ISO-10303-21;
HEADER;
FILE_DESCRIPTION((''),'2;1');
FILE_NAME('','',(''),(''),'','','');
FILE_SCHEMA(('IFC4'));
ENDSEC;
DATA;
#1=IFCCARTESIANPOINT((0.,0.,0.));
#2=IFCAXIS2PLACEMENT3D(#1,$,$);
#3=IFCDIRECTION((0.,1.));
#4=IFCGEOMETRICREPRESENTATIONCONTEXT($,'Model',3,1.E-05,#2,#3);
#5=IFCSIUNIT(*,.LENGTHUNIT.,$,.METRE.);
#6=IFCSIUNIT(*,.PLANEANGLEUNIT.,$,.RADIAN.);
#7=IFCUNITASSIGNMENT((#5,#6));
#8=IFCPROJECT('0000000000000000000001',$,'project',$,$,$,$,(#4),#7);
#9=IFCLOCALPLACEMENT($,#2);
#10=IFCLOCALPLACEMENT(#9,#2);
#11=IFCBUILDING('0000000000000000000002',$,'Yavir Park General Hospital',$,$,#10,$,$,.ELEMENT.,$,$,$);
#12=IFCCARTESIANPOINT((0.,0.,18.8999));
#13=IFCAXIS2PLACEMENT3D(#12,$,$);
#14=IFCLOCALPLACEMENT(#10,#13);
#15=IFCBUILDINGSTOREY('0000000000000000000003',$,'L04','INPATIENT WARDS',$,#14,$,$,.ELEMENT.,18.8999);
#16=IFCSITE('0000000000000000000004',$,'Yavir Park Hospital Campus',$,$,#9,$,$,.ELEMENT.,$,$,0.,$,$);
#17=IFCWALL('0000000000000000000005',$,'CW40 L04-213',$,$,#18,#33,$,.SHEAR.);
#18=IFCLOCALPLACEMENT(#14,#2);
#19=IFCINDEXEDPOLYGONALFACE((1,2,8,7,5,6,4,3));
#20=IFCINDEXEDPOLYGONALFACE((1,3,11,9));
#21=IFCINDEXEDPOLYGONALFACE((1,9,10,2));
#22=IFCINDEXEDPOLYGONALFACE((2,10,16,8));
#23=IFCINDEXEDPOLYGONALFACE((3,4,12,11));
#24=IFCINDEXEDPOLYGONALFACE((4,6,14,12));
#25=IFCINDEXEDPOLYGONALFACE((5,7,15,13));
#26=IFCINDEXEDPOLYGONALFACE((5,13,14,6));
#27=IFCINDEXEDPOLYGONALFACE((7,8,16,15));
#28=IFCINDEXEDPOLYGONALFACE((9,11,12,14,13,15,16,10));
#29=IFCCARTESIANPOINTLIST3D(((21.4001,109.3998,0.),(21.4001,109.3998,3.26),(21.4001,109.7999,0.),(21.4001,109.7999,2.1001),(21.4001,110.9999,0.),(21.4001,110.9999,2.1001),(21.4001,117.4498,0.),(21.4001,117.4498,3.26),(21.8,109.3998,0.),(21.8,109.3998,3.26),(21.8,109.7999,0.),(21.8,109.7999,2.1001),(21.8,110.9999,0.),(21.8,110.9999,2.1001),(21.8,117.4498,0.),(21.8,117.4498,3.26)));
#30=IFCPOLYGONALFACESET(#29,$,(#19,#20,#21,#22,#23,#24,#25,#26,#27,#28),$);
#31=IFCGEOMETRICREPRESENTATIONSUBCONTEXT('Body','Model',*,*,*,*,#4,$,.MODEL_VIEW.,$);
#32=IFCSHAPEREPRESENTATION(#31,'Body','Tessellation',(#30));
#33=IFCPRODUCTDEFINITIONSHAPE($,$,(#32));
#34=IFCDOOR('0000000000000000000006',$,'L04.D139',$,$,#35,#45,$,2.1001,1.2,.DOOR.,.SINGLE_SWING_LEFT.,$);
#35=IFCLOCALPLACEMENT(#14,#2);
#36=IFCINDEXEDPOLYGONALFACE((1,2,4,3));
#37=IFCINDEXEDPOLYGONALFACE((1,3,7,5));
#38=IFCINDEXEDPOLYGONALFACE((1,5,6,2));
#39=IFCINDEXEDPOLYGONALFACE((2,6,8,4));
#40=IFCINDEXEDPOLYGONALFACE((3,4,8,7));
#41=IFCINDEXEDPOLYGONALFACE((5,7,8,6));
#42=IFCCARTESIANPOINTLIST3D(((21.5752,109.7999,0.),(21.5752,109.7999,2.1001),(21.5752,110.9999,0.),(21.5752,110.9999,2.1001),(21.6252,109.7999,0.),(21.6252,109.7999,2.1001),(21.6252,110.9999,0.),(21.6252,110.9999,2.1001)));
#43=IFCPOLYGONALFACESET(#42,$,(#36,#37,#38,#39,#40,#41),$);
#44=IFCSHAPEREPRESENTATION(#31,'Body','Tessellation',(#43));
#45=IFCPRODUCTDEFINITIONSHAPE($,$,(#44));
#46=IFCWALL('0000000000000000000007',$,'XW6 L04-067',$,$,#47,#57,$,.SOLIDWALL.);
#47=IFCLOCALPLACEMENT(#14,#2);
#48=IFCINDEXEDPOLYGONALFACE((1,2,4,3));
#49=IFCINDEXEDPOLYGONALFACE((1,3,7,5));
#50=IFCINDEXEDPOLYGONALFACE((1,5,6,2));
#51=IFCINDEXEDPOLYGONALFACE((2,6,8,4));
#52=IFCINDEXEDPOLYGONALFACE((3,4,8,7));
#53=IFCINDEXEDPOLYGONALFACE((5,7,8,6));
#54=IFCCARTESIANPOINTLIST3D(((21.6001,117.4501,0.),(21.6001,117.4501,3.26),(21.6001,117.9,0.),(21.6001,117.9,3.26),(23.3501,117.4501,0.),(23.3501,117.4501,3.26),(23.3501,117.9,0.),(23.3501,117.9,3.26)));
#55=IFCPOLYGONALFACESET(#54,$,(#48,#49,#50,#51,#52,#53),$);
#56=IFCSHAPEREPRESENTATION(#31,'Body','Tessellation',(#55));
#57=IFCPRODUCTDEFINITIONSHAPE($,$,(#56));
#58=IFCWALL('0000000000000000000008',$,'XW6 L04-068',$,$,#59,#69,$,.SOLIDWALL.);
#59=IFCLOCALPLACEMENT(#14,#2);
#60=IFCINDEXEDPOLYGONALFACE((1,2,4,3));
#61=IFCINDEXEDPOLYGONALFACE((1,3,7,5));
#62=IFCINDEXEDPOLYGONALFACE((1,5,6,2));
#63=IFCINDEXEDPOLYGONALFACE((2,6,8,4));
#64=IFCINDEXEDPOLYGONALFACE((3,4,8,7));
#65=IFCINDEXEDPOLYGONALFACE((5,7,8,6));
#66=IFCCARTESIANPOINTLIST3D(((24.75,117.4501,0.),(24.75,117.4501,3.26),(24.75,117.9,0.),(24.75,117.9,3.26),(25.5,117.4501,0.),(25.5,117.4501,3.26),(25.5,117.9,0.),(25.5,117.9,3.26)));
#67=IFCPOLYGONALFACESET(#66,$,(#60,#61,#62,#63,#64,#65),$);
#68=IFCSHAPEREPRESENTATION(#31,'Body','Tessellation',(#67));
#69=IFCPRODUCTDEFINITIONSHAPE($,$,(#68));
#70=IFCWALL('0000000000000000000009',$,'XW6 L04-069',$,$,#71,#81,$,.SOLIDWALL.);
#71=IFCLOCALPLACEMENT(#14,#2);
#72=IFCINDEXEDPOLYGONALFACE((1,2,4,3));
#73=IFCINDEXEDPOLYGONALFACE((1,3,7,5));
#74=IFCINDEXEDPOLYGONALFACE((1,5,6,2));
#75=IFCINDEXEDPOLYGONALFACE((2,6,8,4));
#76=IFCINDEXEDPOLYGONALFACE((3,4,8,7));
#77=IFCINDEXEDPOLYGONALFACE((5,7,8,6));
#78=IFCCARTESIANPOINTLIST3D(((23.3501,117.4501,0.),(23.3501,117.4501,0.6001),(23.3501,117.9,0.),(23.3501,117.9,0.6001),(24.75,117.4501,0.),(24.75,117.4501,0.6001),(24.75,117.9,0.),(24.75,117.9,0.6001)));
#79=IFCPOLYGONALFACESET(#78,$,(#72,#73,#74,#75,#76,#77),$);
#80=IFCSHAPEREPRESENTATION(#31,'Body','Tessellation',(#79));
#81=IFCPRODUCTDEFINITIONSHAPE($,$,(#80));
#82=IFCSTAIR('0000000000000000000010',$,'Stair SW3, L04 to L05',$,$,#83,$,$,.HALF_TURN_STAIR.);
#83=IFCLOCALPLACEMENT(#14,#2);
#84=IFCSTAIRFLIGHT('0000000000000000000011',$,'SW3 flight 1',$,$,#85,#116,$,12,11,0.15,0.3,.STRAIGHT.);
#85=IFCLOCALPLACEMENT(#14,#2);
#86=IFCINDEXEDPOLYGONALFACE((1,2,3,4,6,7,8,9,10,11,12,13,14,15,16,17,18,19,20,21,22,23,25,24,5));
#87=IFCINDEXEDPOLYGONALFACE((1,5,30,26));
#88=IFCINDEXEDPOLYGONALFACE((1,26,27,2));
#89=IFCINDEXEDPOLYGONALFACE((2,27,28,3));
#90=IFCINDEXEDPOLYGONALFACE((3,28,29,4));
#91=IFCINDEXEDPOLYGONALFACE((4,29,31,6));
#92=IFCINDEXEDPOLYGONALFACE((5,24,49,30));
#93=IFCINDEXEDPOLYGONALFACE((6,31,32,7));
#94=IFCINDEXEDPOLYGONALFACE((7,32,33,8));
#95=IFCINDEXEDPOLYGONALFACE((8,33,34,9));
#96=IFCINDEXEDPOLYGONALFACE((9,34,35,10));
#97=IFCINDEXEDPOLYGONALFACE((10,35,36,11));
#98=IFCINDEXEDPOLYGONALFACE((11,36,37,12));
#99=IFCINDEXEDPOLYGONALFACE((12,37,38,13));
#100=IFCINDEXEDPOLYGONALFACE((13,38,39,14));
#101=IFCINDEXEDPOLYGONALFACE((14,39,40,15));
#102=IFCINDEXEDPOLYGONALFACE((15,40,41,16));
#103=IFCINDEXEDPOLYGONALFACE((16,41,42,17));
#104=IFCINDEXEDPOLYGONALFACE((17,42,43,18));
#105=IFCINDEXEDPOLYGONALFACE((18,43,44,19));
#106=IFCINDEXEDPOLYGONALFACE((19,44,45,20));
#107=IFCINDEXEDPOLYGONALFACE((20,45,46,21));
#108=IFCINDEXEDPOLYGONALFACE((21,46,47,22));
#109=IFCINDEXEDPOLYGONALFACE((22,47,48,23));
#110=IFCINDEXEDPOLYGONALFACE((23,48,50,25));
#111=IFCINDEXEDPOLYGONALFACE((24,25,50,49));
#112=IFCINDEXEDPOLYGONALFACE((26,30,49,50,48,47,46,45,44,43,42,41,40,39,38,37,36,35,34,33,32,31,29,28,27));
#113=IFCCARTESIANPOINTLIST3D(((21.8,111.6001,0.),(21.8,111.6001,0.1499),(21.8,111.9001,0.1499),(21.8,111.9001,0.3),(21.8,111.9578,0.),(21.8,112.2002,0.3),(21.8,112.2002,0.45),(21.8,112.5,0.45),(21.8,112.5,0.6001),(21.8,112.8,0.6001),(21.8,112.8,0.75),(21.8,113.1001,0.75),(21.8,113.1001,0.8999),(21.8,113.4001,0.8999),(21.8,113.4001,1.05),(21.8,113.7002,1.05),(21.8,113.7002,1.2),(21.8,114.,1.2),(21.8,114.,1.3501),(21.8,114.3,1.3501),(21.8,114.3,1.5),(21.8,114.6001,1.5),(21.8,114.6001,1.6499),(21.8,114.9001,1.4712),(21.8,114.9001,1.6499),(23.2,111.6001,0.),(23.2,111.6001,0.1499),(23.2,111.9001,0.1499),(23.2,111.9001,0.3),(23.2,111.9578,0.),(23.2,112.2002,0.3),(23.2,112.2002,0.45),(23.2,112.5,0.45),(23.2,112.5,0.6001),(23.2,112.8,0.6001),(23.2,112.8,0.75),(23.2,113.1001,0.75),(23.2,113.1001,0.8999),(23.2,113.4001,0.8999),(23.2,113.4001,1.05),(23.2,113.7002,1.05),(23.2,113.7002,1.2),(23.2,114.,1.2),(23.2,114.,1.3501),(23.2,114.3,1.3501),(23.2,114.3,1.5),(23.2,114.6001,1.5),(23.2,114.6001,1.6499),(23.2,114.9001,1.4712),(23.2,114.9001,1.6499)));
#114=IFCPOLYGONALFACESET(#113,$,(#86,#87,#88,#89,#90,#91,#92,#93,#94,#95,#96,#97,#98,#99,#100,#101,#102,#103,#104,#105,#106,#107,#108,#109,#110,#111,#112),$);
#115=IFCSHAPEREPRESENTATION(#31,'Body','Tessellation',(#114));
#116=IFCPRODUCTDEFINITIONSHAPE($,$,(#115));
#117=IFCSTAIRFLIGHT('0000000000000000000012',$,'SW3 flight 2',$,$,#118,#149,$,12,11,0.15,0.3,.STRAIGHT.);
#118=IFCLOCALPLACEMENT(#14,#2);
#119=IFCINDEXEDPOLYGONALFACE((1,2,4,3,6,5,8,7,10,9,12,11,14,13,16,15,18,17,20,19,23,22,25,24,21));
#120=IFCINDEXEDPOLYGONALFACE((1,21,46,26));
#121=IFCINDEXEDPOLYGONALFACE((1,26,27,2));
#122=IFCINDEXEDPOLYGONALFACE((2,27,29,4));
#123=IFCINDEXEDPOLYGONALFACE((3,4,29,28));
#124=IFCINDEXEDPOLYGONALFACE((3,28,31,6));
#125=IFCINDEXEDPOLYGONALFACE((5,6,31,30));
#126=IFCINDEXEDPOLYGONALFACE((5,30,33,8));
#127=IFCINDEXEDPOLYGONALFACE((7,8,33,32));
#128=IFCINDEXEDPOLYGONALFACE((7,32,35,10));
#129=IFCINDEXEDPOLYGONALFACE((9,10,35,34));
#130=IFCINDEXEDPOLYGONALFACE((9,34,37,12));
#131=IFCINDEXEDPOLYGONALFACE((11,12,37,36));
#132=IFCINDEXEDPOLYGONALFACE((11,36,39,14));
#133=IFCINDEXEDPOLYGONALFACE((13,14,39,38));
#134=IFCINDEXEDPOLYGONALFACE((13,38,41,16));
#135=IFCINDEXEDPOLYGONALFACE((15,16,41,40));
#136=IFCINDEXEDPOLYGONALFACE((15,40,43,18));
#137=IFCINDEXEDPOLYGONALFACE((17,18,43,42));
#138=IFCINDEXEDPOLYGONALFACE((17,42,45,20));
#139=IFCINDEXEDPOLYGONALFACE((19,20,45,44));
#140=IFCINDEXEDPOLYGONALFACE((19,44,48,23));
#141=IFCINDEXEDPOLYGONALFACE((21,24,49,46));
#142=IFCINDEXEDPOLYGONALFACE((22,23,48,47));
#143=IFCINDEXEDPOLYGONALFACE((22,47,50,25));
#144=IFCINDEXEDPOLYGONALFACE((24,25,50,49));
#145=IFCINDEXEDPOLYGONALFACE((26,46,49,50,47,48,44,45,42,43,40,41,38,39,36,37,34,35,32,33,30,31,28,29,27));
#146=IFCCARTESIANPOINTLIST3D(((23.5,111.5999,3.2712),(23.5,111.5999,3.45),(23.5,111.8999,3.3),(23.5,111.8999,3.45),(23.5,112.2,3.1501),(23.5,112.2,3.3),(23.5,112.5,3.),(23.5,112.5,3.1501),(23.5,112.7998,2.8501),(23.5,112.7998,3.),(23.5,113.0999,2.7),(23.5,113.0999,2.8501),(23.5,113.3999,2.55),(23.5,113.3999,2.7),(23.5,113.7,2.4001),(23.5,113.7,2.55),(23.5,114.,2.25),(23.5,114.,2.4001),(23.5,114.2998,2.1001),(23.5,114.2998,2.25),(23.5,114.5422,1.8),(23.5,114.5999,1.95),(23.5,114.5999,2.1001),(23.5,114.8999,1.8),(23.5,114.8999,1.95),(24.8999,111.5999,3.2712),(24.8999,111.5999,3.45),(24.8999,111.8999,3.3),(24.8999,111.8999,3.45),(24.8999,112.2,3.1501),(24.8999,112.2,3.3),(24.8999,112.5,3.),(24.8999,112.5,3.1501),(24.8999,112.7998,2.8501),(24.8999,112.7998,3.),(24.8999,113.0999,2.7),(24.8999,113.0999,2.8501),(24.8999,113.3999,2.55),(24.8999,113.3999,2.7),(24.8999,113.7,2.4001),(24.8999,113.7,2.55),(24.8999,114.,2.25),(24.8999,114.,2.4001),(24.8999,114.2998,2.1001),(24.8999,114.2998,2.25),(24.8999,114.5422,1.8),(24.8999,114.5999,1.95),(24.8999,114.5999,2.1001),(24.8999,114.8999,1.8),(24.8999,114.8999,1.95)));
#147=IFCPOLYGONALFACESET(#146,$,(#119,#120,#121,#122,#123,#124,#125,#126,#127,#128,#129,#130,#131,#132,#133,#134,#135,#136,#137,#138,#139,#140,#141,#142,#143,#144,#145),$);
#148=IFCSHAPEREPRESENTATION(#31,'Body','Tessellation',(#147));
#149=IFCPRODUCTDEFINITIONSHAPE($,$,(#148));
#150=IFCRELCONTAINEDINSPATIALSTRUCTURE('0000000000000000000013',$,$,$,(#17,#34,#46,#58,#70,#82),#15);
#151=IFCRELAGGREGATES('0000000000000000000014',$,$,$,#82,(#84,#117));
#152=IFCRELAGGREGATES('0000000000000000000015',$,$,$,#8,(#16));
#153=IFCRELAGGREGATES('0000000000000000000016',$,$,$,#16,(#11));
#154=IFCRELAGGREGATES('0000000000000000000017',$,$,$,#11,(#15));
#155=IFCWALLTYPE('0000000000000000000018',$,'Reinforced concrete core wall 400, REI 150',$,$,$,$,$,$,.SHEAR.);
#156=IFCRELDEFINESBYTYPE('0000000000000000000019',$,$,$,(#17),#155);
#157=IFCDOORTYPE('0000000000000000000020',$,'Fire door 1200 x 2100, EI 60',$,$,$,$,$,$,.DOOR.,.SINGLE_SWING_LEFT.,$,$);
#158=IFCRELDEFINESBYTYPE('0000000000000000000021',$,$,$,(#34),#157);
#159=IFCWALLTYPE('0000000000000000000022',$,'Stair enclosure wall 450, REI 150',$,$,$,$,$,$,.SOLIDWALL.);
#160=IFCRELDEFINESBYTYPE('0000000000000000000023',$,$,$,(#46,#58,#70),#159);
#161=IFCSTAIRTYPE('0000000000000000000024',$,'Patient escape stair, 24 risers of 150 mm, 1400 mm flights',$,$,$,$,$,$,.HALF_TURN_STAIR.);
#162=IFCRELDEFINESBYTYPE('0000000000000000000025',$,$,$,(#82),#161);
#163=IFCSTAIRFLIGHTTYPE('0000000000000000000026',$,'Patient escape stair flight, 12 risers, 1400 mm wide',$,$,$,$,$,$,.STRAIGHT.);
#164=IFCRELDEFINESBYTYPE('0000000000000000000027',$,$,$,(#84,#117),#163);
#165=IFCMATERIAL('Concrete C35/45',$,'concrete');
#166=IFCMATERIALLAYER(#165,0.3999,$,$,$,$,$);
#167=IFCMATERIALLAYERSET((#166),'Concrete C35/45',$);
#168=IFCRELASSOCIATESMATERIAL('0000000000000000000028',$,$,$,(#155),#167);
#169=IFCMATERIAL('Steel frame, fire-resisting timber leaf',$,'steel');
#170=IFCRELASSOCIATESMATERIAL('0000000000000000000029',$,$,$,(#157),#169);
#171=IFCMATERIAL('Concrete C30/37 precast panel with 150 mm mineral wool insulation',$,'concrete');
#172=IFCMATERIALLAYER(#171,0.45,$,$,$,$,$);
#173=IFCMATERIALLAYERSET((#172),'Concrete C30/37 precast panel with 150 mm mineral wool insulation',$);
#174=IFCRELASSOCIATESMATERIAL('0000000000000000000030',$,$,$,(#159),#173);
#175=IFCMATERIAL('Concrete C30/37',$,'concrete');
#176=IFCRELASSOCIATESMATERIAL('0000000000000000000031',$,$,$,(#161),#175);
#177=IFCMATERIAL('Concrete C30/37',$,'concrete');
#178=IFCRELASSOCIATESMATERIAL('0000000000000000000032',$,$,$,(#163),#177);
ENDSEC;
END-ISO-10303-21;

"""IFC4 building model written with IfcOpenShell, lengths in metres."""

from ifc_helpers import new_model, si_unit, direction, frame, frame_2d, origin, place, context, subcontext, project, spatial, polyline, rectangle, outline, extrude, material, layer, layer_set, type_object, element, fill, aggregate, save


model = new_model("IFC4")

# Units and contexts
model_context = context("Model", 3, precision=1e-05, world=origin(), true_north=direction((0.0, 1.0)))
body_context = subcontext(model_context, "Body", "Model", "MODEL_VIEW")
ifc_project = project(units=[si_unit("LENGTHUNIT", "METRE"), si_unit("PLANEANGLEUNIT", "RADIAN")], contexts=[model_context])

# Site, building, storey
site_placement = place(None, origin())
site = spatial("IfcSite", under=ifc_project, at=site_placement, Name="Yavir Park Hospital Campus", CompositionType="ELEMENT", RefElevation=0.0)
building_placement = place(site_placement, origin())
building = spatial("IfcBuilding", under=site, at=building_placement, Name="Yavir Park General Hospital", CompositionType="ELEMENT")
storey_placement = place(building_placement, frame((0.0, 0.0, 18.8999)))
storey = spatial("IfcBuildingStorey", under=building, at=storey_placement, Name="L04", Description="INPATIENT WARDS", CompositionType="ELEMENT", Elevation=18.8999)

# Shared definitions
ifc_material_1 = material(Name="Concrete C35/45", Category="concrete")
ifc_layer_1 = layer(ifc_material_1, 0.3999)
ifc_layer_set_1 = layer_set([ifc_layer_1], Name="Concrete C35/45")
wall_type_1 = type_object("IfcWallType", Name="Reinforced concrete core wall 400, REI 150", PredefinedType="SHEAR", material=ifc_layer_set_1)

# Wall, opening, door
wall_1_placement = place(storey_placement, frame((21.6001, 109.3999, 0.0), z_axis=(0.0, 0.0, 1.0), x_axis=(0.0, 1.0, 0.0)))
wall_1 = element("IfcWall", 1, at=wall_1_placement, inside=storey, type_object=wall_type_1, Name="CW40 L04-213", PredefinedType="SHEAR", context=body_context, shape_type="SweptSolid", body=[
    extrude(rectangle(XDim=8.05, YDim=0.3999, at=frame_2d((4.0249, 0.0))), origin(), (0.0, 0.0, 1.0), 3.26),
])
opening_1_placement = place(wall_1_placement, frame((0.3999, 0.0, 0.0)))
opening_1 = element("IfcOpeningElement", 2, at=opening_1_placement, cuts=wall_1, PredefinedType="OPENING", context=body_context, shape_type="SweptSolid", body=[
    extrude(rectangle(XDim=1.2, YDim=2.1001, at=frame_2d((0.6001, 1.05))), frame((0.0, 0.21, 0.0), z_axis=(0.0, -1.0, 0.0), x_axis=(1.0, 0.0, 0.0)), (0.0, 0.0, 1.0), 0.4199),
])
ifc_material_2 = material(Name="Steel frame, fire-resisting timber leaf", Category="steel")
door_type_1 = type_object("IfcDoorType", Name="Fire door 1200 x 2100, EI 60", OperationType="SINGLE_SWING_LEFT", PredefinedType="DOOR", material=ifc_material_2)
door_1_placement = place(opening_1_placement, origin())
door_1 = element("IfcDoor", 3, at=door_1_placement, inside=storey, type_object=door_type_1, Name="L04.D139", OperationType="SINGLE_SWING_LEFT", OverallHeight=2.1001, OverallWidth=1.2, PredefinedType="DOOR", context=body_context, shape_type="SweptSolid", body=[
    extrude(rectangle(XDim=1.2, YDim=2.1001, at=frame_2d((0.6001, 1.05))), frame((0.0, 0.0249, 0.0), z_axis=(0.0, -1.0, 0.0), x_axis=(1.0, 0.0, 0.0)), (0.0, 0.0, 1.0), 0.05),
])
fill(opening_1, door_1)

# Walls
ifc_material_3 = material(Name="Concrete C30/37 precast panel with 150 mm mineral wool insulation", Category="concrete")
ifc_layer_2 = layer(ifc_material_3, 0.45)
ifc_layer_set_2 = layer_set([ifc_layer_2], Name="Concrete C30/37 precast panel with 150 mm mineral wool insulation")
wall_type_2 = type_object("IfcWallType", Name="Stair enclosure wall 450, REI 150", PredefinedType="SOLIDWALL", material=ifc_layer_set_2)
wall_2_placement = place(storey_placement, frame((21.6001, 117.675, 0.0), z_axis=(0.0, 0.0, 1.0), x_axis=(1.0, 0.0, 0.0)))
element("IfcWall", 4, at=wall_2_placement, inside=storey, type_object=wall_type_2, Name="XW6 L04-067", PredefinedType="SOLIDWALL", context=body_context, shape_type="SweptSolid", body=[
    extrude(rectangle(XDim=1.75, YDim=0.45, at=frame_2d((0.875, 0.0))), origin(), (0.0, 0.0, 1.0), 3.26),
])
wall_3_placement = place(storey_placement, frame((24.75, 117.675, 0.0), z_axis=(0.0, 0.0, 1.0), x_axis=(1.0, 0.0, 0.0)))
element("IfcWall", 5, at=wall_3_placement, inside=storey, type_object=wall_type_2, Name="XW6 L04-068", PredefinedType="SOLIDWALL", context=body_context, shape_type="SweptSolid", body=[
    extrude(rectangle(XDim=0.75, YDim=0.45, at=frame_2d((0.375, 0.0))), origin(), (0.0, 0.0, 1.0), 3.26),
])
wall_4_placement = place(storey_placement, frame((23.3501, 117.675, 0.0), z_axis=(0.0, 0.0, 1.0), x_axis=(1.0, 0.0, 0.0)))
element("IfcWall", 6, at=wall_4_placement, inside=storey, type_object=wall_type_2, Name="XW6 L04-069", PredefinedType="SOLIDWALL", context=body_context, shape_type="SweptSolid", body=[
    extrude(rectangle(XDim=1.3999, YDim=0.45, at=frame_2d((0.7, 0.0))), origin(), (0.0, 0.0, 1.0), 0.6001),
])

# Stair, stair flights
ifc_material_4 = material(Name="Concrete C30/37", Category="concrete")
stair_type = type_object("IfcStairType", Name="Patient escape stair, 24 risers of 150 mm, 1400 mm flights", PredefinedType="HALF_TURN_STAIR", material=ifc_material_4)
stair_placement = place(storey_placement, origin())
stair = element("IfcStair", 7, at=stair_placement, inside=storey, type_object=stair_type, Name="Stair SW3, L04 to L05", PredefinedType="HALF_TURN_STAIR")
ifc_material_5 = material(Name="Concrete C30/37", Category="concrete")
stair_flight_type = type_object("IfcStairFlightType", Name="Patient escape stair flight, 12 risers, 1400 mm wide", PredefinedType="STRAIGHT", material=ifc_material_5)
stair_flight_1_placement = place(storey_placement, frame((22.5, 111.6001, 0.0), z_axis=(0.0, 0.0, 1.0), x_axis=(0.0, 1.0, 0.0)))
stair_flight_1 = element("IfcStairFlight", 8, at=stair_flight_1_placement, type_object=stair_flight_type, Name="SW3 flight 1", NumberOfRisers=12, NumberOfTreads=11, PredefinedType="STRAIGHT", RiserHeight=0.15, TreadLength=0.3, context=body_context, shape_type="SweptSolid", body=[
    extrude(outline(polyline([(0.0, 0.0), (0.0, 0.1499), (0.3, 0.1499), (0.3, 0.3), (0.6001, 0.3), (0.6001, 0.45), (0.8999, 0.45), (0.8999, 0.6001), (1.2, 0.6001), (1.2, 0.75), (1.5, 0.75), (1.5, 0.8999), (1.8, 0.8999), (1.8, 1.05), (2.1001, 1.05), (2.1001, 1.2), (2.3999, 1.2), (2.3999, 1.3501), (2.7, 1.3501), (2.7, 1.5), (3.0, 1.5), (3.0, 1.6499), (3.3, 1.6499), (3.3, 1.8), (3.3, 1.4712), (0.3577, 0.0), (0.0, 0.0)])), frame((0.0, 0.7, 0.0), z_axis=(0.0, -1.0, 0.0), x_axis=(1.0, 0.0, 0.0)), (0.0, 0.0, 1.0), 1.3999),
])
stair_flight_2_placement = place(storey_placement, frame((24.2, 114.8999, 1.8), z_axis=(0.0, 0.0, 1.0), x_axis=(0.0, -1.0, 0.0)))
stair_flight_2 = element("IfcStairFlight", 9, at=stair_flight_2_placement, type_object=stair_flight_type, Name="SW3 flight 2", NumberOfRisers=12, NumberOfTreads=11, PredefinedType="STRAIGHT", RiserHeight=0.15, TreadLength=0.3, context=body_context, shape_type="SweptSolid", body=[
    extrude(outline(polyline([(0.0, 0.0), (0.0, 0.1499), (0.3, 0.1499), (0.3, 0.3), (0.6001, 0.3), (0.6001, 0.45), (0.8999, 0.45), (0.8999, 0.6001), (1.2, 0.6001), (1.2, 0.75), (1.5, 0.75), (1.5, 0.8999), (1.8, 0.8999), (1.8, 1.05), (2.1001, 1.05), (2.1001, 1.2), (2.3999, 1.2), (2.3999, 1.3501), (2.7, 1.3501), (2.7, 1.5), (3.0, 1.5), (3.0, 1.6499), (3.3, 1.6499), (3.3, 1.8), (3.3, 1.4712), (0.3577, 0.0), (0.0, 0.0)])), frame((0.0, 0.7, 0.0), z_axis=(0.0, -1.0, 0.0), x_axis=(1.0, 0.0, 0.0)), (0.0, 0.0, 1.0), 1.3999),
])
aggregate(stair, [stair_flight_1, stair_flight_2])

save(model, "model.ifc")
